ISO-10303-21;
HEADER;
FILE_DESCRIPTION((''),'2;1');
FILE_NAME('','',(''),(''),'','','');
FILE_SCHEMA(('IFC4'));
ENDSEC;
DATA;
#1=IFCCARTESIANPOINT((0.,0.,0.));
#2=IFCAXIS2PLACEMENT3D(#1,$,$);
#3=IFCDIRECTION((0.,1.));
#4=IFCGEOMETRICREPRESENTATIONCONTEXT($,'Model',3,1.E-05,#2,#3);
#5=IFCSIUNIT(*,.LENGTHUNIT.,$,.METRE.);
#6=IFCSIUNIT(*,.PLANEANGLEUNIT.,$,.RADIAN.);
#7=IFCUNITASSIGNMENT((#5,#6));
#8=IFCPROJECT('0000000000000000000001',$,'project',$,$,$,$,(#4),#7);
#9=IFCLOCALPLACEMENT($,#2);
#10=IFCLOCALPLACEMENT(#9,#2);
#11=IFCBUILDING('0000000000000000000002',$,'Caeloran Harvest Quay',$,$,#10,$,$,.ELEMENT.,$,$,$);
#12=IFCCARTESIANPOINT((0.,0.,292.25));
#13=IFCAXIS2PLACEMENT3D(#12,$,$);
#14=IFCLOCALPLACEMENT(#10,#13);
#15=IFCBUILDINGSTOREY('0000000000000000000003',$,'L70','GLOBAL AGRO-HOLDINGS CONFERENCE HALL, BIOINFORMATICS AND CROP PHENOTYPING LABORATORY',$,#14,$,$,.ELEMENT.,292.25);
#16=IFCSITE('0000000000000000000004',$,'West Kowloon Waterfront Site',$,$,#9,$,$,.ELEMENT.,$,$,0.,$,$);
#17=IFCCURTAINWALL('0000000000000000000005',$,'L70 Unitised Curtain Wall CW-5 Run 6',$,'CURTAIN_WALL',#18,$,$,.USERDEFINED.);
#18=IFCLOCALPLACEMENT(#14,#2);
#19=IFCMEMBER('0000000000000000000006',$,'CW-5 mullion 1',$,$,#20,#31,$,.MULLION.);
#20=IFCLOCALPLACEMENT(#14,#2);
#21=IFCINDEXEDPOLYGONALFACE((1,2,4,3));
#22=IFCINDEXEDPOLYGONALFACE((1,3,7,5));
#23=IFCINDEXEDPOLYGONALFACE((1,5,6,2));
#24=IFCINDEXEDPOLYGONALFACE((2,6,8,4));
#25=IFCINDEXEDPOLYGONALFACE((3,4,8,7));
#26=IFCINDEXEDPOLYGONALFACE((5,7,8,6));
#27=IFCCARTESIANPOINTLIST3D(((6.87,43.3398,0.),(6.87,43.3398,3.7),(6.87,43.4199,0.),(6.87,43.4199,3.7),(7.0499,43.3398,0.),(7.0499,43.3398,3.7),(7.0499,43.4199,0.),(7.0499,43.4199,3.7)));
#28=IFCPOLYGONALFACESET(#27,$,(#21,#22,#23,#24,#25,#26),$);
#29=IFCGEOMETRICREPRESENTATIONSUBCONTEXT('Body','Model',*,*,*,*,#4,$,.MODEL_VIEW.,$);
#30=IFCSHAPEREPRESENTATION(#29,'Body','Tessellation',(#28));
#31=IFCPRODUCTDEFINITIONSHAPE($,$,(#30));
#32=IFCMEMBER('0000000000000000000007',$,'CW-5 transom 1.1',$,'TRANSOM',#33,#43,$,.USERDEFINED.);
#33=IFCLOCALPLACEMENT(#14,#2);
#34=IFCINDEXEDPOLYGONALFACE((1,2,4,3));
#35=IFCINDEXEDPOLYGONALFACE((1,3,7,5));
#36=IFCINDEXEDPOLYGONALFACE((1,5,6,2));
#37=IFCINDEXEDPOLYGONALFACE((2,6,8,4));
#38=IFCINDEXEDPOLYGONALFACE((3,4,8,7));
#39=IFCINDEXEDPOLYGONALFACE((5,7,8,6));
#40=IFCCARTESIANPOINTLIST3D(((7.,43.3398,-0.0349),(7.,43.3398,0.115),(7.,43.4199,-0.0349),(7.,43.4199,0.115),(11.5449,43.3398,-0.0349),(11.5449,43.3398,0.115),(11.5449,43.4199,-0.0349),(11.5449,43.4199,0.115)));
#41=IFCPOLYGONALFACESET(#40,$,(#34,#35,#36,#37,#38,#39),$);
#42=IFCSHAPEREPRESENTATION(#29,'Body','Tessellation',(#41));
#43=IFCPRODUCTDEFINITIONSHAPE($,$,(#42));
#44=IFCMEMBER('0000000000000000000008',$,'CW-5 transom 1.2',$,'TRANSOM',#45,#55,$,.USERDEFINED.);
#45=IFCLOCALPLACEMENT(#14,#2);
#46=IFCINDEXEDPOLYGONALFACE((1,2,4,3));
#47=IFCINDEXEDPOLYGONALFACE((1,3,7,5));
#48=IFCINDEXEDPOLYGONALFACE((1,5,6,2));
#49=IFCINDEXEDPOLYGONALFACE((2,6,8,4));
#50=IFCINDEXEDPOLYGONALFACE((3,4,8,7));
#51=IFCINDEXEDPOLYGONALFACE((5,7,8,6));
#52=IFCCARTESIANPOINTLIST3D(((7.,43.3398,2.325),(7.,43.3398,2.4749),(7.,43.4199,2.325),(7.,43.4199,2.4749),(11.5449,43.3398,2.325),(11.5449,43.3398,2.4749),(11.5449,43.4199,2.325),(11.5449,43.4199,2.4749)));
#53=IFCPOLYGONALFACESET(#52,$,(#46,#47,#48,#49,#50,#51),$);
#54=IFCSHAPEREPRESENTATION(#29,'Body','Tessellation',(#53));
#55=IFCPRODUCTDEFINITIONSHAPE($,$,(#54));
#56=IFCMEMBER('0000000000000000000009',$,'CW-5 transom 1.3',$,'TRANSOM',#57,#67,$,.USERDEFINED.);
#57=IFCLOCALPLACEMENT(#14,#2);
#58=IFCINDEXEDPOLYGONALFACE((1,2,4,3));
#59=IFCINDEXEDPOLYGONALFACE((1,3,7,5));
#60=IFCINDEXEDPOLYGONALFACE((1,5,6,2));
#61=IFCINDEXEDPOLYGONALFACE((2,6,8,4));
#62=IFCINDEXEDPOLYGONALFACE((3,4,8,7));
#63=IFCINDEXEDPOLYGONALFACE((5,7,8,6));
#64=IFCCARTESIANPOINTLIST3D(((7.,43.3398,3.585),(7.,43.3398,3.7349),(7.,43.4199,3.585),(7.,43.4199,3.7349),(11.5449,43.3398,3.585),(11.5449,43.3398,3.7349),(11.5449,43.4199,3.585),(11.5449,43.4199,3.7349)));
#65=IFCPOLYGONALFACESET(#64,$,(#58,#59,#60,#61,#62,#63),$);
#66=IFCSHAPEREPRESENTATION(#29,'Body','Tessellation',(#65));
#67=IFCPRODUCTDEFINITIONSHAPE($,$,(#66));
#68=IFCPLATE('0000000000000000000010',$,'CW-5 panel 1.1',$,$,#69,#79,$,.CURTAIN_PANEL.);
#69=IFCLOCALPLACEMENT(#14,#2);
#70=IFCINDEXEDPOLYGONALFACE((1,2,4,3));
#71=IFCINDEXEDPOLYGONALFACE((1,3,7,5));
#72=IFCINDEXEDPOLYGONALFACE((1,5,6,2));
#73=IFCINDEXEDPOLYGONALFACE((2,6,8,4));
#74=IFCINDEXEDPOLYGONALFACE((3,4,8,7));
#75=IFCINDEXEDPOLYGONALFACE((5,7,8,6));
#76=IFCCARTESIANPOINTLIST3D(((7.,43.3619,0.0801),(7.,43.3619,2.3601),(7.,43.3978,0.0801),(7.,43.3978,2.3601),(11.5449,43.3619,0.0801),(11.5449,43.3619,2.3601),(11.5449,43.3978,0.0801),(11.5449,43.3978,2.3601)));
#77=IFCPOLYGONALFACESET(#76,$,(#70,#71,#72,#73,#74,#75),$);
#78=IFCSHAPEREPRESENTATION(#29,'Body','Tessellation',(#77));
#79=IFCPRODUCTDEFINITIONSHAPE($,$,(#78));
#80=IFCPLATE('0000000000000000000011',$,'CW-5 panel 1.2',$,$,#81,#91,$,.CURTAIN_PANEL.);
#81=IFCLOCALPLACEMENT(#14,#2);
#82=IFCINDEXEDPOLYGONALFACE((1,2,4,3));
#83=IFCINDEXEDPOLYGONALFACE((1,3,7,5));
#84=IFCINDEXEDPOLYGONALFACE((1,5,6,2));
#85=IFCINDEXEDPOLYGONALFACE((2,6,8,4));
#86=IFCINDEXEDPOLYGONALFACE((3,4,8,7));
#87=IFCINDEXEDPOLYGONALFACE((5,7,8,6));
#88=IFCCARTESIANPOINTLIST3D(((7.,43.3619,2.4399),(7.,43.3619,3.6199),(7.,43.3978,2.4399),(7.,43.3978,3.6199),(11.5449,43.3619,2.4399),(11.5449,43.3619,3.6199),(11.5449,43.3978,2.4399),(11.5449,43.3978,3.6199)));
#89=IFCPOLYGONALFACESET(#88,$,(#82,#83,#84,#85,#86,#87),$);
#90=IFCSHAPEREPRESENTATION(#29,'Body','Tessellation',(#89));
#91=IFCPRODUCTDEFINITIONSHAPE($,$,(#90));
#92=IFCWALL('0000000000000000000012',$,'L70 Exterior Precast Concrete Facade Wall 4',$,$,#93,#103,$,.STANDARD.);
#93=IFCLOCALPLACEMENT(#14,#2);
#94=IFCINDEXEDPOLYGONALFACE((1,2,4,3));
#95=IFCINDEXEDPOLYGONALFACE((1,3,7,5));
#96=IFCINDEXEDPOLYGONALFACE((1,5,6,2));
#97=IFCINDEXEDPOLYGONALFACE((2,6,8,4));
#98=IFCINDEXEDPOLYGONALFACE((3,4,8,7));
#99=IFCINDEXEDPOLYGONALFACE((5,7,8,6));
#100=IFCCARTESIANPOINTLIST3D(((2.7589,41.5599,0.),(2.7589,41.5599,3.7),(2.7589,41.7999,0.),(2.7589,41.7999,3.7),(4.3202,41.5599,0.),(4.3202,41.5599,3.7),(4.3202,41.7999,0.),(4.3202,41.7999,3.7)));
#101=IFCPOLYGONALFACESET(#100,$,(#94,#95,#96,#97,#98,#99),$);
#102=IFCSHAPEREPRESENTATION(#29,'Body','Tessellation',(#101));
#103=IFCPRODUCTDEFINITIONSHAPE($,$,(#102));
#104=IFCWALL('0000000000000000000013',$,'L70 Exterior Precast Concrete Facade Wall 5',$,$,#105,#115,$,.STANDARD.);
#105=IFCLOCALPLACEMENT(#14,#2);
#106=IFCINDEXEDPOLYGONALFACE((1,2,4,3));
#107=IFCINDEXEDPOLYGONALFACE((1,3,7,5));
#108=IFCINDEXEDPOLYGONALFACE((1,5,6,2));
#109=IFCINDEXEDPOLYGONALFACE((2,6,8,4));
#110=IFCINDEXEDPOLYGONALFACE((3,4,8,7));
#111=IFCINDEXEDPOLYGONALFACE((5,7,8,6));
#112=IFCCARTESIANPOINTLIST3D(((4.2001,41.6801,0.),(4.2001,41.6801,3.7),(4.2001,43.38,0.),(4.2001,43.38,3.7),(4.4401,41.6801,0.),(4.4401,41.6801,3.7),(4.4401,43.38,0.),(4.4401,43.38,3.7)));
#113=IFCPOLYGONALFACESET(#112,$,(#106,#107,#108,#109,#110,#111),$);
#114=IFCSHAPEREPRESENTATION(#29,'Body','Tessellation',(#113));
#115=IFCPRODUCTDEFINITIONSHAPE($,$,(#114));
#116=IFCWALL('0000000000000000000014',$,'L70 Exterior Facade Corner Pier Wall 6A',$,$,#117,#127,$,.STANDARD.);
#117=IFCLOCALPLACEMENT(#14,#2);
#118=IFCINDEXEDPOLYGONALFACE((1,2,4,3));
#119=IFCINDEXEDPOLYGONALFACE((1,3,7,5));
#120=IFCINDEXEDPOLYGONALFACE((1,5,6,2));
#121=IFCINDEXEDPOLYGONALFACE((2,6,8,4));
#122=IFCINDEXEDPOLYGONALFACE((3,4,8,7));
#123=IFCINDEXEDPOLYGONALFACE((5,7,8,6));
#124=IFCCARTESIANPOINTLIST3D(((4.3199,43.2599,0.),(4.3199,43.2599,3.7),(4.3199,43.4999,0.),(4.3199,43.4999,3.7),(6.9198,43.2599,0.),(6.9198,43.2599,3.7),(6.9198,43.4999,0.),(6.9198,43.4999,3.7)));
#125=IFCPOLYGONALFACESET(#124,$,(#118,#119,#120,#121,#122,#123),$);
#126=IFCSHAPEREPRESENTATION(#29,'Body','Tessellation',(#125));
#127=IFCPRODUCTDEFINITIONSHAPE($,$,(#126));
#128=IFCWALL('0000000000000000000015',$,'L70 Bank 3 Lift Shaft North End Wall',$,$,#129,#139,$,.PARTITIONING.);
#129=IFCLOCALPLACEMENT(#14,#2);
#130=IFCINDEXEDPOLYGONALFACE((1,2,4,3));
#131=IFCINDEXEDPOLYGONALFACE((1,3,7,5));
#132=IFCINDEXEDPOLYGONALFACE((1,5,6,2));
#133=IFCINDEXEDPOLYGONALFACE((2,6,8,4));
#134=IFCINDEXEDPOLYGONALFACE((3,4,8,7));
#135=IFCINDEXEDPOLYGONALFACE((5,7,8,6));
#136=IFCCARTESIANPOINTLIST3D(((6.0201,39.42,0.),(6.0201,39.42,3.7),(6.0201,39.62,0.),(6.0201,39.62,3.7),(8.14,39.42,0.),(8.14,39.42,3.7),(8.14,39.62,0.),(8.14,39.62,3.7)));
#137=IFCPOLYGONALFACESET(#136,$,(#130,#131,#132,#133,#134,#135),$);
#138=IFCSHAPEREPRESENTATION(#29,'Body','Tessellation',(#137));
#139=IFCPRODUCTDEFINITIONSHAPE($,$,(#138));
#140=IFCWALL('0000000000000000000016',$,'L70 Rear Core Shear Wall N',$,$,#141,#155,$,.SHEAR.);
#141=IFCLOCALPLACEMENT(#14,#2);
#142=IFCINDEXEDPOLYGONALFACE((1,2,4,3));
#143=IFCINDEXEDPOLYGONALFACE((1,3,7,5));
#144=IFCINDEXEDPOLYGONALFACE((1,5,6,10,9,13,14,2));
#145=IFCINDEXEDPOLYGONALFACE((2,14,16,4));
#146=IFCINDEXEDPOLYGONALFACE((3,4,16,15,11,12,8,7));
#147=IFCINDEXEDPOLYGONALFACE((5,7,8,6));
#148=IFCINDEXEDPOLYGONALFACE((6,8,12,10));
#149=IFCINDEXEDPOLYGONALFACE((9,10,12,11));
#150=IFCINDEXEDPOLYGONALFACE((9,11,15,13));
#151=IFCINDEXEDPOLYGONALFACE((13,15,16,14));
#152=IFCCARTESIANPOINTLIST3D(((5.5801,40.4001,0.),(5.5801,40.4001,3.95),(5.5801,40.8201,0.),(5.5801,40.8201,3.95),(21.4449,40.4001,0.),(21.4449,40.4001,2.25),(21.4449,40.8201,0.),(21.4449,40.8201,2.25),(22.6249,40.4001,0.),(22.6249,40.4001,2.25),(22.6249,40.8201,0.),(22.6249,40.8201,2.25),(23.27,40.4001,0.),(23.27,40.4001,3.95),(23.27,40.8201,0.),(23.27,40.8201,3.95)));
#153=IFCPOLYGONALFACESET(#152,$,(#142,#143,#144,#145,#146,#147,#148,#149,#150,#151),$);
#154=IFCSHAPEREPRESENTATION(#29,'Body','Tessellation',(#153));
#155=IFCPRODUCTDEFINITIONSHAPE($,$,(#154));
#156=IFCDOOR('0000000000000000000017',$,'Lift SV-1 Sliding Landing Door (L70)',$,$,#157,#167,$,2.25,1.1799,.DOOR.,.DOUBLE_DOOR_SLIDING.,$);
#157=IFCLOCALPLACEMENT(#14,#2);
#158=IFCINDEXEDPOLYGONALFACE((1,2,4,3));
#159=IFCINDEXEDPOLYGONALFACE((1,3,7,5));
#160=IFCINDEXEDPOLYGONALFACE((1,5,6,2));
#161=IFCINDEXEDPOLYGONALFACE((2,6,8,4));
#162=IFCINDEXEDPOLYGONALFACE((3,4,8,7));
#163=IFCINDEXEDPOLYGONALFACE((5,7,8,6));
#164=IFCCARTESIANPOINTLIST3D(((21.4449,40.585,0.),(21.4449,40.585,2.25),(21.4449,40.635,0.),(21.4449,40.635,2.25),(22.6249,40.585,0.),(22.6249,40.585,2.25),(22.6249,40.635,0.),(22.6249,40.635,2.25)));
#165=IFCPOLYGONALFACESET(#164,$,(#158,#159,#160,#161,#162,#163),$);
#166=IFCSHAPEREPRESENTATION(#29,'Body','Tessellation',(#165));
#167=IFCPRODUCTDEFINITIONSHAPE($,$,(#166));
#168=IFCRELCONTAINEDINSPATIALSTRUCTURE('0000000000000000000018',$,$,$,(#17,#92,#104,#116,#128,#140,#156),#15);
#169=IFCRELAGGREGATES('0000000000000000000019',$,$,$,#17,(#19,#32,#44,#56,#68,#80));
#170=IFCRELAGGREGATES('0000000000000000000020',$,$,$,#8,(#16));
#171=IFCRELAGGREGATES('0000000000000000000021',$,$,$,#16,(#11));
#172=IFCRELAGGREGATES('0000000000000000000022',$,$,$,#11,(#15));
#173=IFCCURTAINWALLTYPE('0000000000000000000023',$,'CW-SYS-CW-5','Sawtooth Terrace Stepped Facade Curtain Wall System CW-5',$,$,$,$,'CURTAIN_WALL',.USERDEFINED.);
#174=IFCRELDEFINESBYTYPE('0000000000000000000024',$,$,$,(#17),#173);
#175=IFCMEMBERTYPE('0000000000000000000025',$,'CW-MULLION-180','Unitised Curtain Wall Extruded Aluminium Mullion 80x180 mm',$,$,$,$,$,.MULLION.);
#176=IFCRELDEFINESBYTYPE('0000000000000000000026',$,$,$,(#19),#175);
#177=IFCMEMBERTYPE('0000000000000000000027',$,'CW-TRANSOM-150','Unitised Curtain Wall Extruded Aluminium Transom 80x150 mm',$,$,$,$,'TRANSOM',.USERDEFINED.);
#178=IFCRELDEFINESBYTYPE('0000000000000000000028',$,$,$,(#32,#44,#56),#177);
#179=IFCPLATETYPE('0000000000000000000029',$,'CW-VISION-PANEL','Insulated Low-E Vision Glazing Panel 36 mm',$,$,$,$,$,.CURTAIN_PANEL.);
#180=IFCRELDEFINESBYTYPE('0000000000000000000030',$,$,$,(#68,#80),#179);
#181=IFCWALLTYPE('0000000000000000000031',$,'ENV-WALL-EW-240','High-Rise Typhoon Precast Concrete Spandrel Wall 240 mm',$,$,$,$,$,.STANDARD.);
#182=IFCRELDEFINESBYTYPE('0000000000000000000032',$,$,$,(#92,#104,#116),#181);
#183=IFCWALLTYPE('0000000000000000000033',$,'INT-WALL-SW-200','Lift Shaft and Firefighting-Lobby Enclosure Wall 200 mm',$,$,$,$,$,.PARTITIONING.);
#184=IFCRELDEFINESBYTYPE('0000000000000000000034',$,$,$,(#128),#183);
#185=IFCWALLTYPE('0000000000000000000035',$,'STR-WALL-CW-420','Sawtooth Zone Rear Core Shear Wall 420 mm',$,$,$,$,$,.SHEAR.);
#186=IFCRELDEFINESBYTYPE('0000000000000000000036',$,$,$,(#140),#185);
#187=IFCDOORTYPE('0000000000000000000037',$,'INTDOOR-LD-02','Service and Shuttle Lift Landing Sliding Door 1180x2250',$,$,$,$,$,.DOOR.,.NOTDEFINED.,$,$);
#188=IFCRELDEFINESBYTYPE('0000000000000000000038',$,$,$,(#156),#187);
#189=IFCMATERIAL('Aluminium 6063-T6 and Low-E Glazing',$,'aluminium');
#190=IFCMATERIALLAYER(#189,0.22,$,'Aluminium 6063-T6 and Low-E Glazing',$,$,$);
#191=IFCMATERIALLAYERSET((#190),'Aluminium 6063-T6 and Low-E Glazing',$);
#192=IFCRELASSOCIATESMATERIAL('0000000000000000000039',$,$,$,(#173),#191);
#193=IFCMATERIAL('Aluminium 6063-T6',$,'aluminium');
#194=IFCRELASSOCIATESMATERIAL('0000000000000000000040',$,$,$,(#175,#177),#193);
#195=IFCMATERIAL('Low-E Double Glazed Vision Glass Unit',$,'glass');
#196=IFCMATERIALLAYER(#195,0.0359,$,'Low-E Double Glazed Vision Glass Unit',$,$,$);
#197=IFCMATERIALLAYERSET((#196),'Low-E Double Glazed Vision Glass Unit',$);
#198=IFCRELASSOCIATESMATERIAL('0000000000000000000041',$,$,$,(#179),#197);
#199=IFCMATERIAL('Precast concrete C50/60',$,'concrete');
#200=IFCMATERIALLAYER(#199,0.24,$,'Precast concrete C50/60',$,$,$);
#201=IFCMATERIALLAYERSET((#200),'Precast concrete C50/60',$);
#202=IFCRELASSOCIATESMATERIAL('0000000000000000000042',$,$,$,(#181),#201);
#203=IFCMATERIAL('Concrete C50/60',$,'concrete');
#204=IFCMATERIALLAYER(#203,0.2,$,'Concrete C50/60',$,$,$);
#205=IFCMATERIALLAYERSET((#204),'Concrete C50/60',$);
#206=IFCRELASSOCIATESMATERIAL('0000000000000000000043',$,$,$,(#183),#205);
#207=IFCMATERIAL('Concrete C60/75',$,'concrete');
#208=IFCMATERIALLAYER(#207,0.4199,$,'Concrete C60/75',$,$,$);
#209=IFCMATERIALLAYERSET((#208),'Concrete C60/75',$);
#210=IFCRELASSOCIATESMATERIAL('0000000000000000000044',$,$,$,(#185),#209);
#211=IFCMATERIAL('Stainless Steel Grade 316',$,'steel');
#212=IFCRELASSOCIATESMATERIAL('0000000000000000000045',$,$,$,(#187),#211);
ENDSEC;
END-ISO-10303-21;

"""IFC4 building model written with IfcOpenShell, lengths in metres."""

from ifc_helpers import new_model, si_unit, direction, frame, frame_2d, origin, origin_2d, place, context, subcontext, project, spatial, rectangle, extrude, material, layer, layer_set, material_profile, profile_set, type_object, element, fill, aggregate, save


model = new_model("IFC4")

# Units and contexts
model_context = context("Model", 3, precision=1e-05, world=origin(), true_north=direction((0.0, 1.0)))
body_context = subcontext(model_context, "Body", "Model", "MODEL_VIEW")
ifc_project = project(units=[si_unit("LENGTHUNIT", "METRE"), si_unit("PLANEANGLEUNIT", "RADIAN")], contexts=[model_context])

# Site, building, storey
site_placement = place(None, origin())
site = spatial("IfcSite", under=ifc_project, at=site_placement, Name="West Kowloon Waterfront Site", CompositionType="ELEMENT", RefElevation=0.0)
building_placement = place(site_placement, origin())
building = spatial("IfcBuilding", under=site, at=building_placement, Name="Caeloran Harvest Quay", CompositionType="ELEMENT")
storey_placement = place(building_placement, frame((0.0, 0.0, 292.25)))
storey = spatial("IfcBuildingStorey", under=building, at=storey_placement, Name="L70", Description="GLOBAL AGRO-HOLDINGS CONFERENCE HALL, BIOINFORMATICS AND CROP PHENOTYPING LABORATORY", CompositionType="ELEMENT", Elevation=292.25)

# Curtain wall, members, plates
ifc_material_1 = material(Name="Aluminium 6063-T6 and Low-E Glazing", Category="aluminium")
ifc_layer_1 = layer(ifc_material_1, 0.22, Name="Aluminium 6063-T6 and Low-E Glazing")
ifc_layer_set_1 = layer_set([ifc_layer_1], Name="Aluminium 6063-T6 and Low-E Glazing")
curtain_wall_type = type_object("IfcCurtainWallType", Name="CW-SYS-CW-5", Description="Sawtooth Terrace Stepped Facade Curtain Wall System CW-5", ElementType="CURTAIN_WALL", PredefinedType="USERDEFINED", material=ifc_layer_set_1)
curtain_wall_placement = place(storey_placement, origin())
curtain_wall = element("IfcCurtainWall", 1, at=curtain_wall_placement, inside=storey, type_object=curtain_wall_type, Name="L70 Unitised Curtain Wall CW-5 Run 6", ObjectType="CURTAIN_WALL", PredefinedType="USERDEFINED")
ifc_material_2 = material(Name="Aluminium 6063-T6", Category="aluminium")
ifc_material_profile_1 = material_profile(ifc_material_2, rectangle(XDim=0.0801, YDim=0.1799, at=origin_2d()), Name="CW-MULLION-180")
ifc_profile_set_1 = profile_set([ifc_material_profile_1], Name="Aluminium 6063-T6")
member_type_1 = type_object("IfcMemberType", Name="CW-MULLION-180", Description="Unitised Curtain Wall Extruded Aluminium Mullion 80x180 mm", PredefinedType="MULLION", material=ifc_profile_set_1)
member_1_placement = place(storey_placement, frame((6.96, 43.3799, 0.0), z_axis=(0.0, 0.0, 1.0), x_axis=(0.0, 1.0, 0.0)))
member_1 = element("IfcMember", 2, at=member_1_placement, type_object=member_type_1, Name="CW-5 mullion 1", PredefinedType="MULLION", context=body_context, shape_type="SweptSolid", body=[
    extrude(rectangle(XDim=0.0801, YDim=0.1799, at=origin_2d()), origin(), (0.0, 0.0, 1.0), 3.7),
])
ifc_material_profile_2 = material_profile(ifc_material_2, rectangle(XDim=0.0801, YDim=0.1499, at=origin_2d()), Name="CW-TRANSOM-150")
ifc_profile_set_2 = profile_set([ifc_material_profile_2], Name="Aluminium 6063-T6")
member_type_2 = type_object("IfcMemberType", Name="CW-TRANSOM-150", Description="Unitised Curtain Wall Extruded Aluminium Transom 80x150 mm", ElementType="TRANSOM", PredefinedType="USERDEFINED", material=ifc_profile_set_2)
member_2_placement = place(storey_placement, frame((7.0, 43.3799, 0.04), z_axis=(1.0, 0.0, 0.0), x_axis=(0.0, 1.0, 0.0)))
member_2 = element("IfcMember", 3, at=member_2_placement, type_object=member_type_2, Name="CW-5 transom 1.1", ObjectType="TRANSOM", PredefinedType="USERDEFINED", context=body_context, shape_type="SweptSolid", body=[
    extrude(rectangle(XDim=0.0801, YDim=0.1499, at=origin_2d()), origin(), (0.0, 0.0, 1.0), 4.5449),
])
member_3_placement = place(storey_placement, frame((7.0, 43.3799, 2.3999), z_axis=(1.0, 0.0, 0.0), x_axis=(0.0, 1.0, 0.0)))
member_3 = element("IfcMember", 4, at=member_3_placement, type_object=member_type_2, Name="CW-5 transom 1.2", ObjectType="TRANSOM", PredefinedType="USERDEFINED", context=body_context, shape_type="SweptSolid", body=[
    extrude(rectangle(XDim=0.0801, YDim=0.1499, at=origin_2d()), origin(), (0.0, 0.0, 1.0), 4.5449),
])
member_4_placement = place(storey_placement, frame((7.0, 43.3799, 3.6599), z_axis=(1.0, 0.0, 0.0), x_axis=(0.0, 1.0, 0.0)))
member_4 = element("IfcMember", 5, at=member_4_placement, type_object=member_type_2, Name="CW-5 transom 1.3", ObjectType="TRANSOM", PredefinedType="USERDEFINED", context=body_context, shape_type="SweptSolid", body=[
    extrude(rectangle(XDim=0.0801, YDim=0.1499, at=origin_2d()), origin(), (0.0, 0.0, 1.0), 4.5449),
])
ifc_material_3 = material(Name="Low-E Double Glazed Vision Glass Unit", Category="glass")
ifc_layer_2 = layer(ifc_material_3, 0.0359, Name="Low-E Double Glazed Vision Glass Unit")
ifc_layer_set_2 = layer_set([ifc_layer_2], Name="Low-E Double Glazed Vision Glass Unit")
plate_type = type_object("IfcPlateType", Name="CW-VISION-PANEL", Description="Insulated Low-E Vision Glazing Panel 36 mm", PredefinedType="CURTAIN_PANEL", material=ifc_layer_set_2)
plate_1_placement = place(storey_placement, frame((9.2725, 43.3799, 0.0801), z_axis=(0.0, 0.0, 1.0), x_axis=(1.0, 0.0, 0.0)))
plate_1 = element("IfcPlate", 6, at=plate_1_placement, type_object=plate_type, Name="CW-5 panel 1.1", PredefinedType="CURTAIN_PANEL", context=body_context, shape_type="SweptSolid", body=[
    extrude(rectangle(XDim=4.5449, YDim=0.0359, at=origin_2d()), origin(), (0.0, 0.0, 1.0), 2.28),
])
plate_2_placement = place(storey_placement, frame((9.2725, 43.3799, 2.4399), z_axis=(0.0, 0.0, 1.0), x_axis=(1.0, 0.0, 0.0)))
plate_2 = element("IfcPlate", 7, at=plate_2_placement, type_object=plate_type, Name="CW-5 panel 1.2", PredefinedType="CURTAIN_PANEL", context=body_context, shape_type="SweptSolid", body=[
    extrude(rectangle(XDim=4.5449, YDim=0.0359, at=origin_2d()), origin(), (0.0, 0.0, 1.0), 1.1799),
])
aggregate(curtain_wall, [member_1, member_2, member_3, member_4, plate_1, plate_2])

# Walls
ifc_material_4 = material(Name="Precast concrete C50/60", Category="concrete")
ifc_layer_3 = layer(ifc_material_4, 0.24, Name="Precast concrete C50/60")
ifc_layer_set_3 = layer_set([ifc_layer_3], Name="Precast concrete C50/60")
wall_type_1 = type_object("IfcWallType", Name="ENV-WALL-EW-240", Description="High-Rise Typhoon Precast Concrete Spandrel Wall 240 mm", PredefinedType="STANDARD", material=ifc_layer_set_3)
wall_1_placement = place(storey_placement, frame((2.7588, 41.6799, 0.0), z_axis=(0.0, 0.0, 1.0), x_axis=(1.0, 0.0, 0.0)))
element("IfcWall", 8, at=wall_1_placement, inside=storey, type_object=wall_type_1, Name="L70 Exterior Precast Concrete Facade Wall 4", PredefinedType="STANDARD", context=body_context, shape_type="SweptSolid", body=[
    extrude(rectangle(XDim=1.5613, YDim=0.24, at=frame_2d((0.7808, 0.0))), origin(), (0.0, 0.0, 1.0), 3.7),
])
wall_2_placement = place(storey_placement, frame((4.3201, 41.6799, 0.0), z_axis=(0.0, 0.0, 1.0), x_axis=(0.0, 1.0, 0.0)))
element("IfcWall", 9, at=wall_2_placement, inside=storey, type_object=wall_type_1, Name="L70 Exterior Precast Concrete Facade Wall 5", PredefinedType="STANDARD", context=body_context, shape_type="SweptSolid", body=[
    extrude(rectangle(XDim=1.7, YDim=0.24, at=frame_2d((0.8501, 0.0))), origin(), (0.0, 0.0, 1.0), 3.7),
])
wall_3_placement = place(storey_placement, frame((4.3201, 43.3799, 0.0), z_axis=(0.0, 0.0, 1.0), x_axis=(1.0, 0.0, 0.0)))
element("IfcWall", 10, at=wall_3_placement, inside=storey, type_object=wall_type_1, Name="L70 Exterior Facade Corner Pier Wall 6A", PredefinedType="STANDARD", context=body_context, shape_type="SweptSolid", body=[
    extrude(rectangle(XDim=2.5999, YDim=0.24, at=frame_2d((1.2998, 0.0))), origin(), (0.0, 0.0, 1.0), 3.7),
])
ifc_material_5 = material(Name="Concrete C50/60", Category="concrete")
ifc_layer_4 = layer(ifc_material_5, 0.2, Name="Concrete C50/60")
ifc_layer_set_4 = layer_set([ifc_layer_4], Name="Concrete C50/60")
wall_type_2 = type_object("IfcWallType", Name="INT-WALL-SW-200", Description="Lift Shaft and Firefighting-Lobby Enclosure Wall 200 mm", PredefinedType="PARTITIONING", material=ifc_layer_set_4)
wall_4_placement = place(storey_placement, frame((6.02, 39.52, 0.0), z_axis=(0.0, 0.0, 1.0), x_axis=(1.0, 0.0, 0.0)))
element("IfcWall", 11, at=wall_4_placement, inside=storey, type_object=wall_type_2, Name="L70 Bank 3 Lift Shaft North End Wall", PredefinedType="PARTITIONING", context=body_context, shape_type="SweptSolid", body=[
    extrude(rectangle(XDim=2.1199, YDim=0.2, at=frame_2d((1.0601, 0.0))), origin(), (0.0, 0.0, 1.0), 3.7),
])

# Wall, opening, door
ifc_material_6 = material(Name="Concrete C60/75", Category="concrete")
ifc_layer_5 = layer(ifc_material_6, 0.4199, Name="Concrete C60/75")
ifc_layer_set_5 = layer_set([ifc_layer_5], Name="Concrete C60/75")
wall_type_3 = type_object("IfcWallType", Name="STR-WALL-CW-420", Description="Sawtooth Zone Rear Core Shear Wall 420 mm", PredefinedType="SHEAR", material=ifc_layer_set_5)
wall_5_placement = place(storey_placement, frame((5.5801, 40.6101, 0.0), z_axis=(0.0, 0.0, 1.0), x_axis=(1.0, 0.0, 0.0)))
wall_5 = element("IfcWall", 12, at=wall_5_placement, inside=storey, type_object=wall_type_3, Name="L70 Rear Core Shear Wall N", PredefinedType="SHEAR", context=body_context, shape_type="SweptSolid", body=[
    extrude(rectangle(XDim=17.6899, YDim=0.4199, at=frame_2d((8.845, 0.0))), origin(), (0.0, 0.0, 1.0), 3.95),
])
opening_placement = place(wall_5_placement, frame((15.865, 0.0, 0.0)))
opening = element("IfcOpeningElement", 13, at=opening_placement, cuts=wall_5, PredefinedType="OPENING", context=body_context, shape_type="SweptSolid", body=[
    extrude(rectangle(XDim=1.1799, YDim=2.25, at=frame_2d((0.5898, 1.125))), frame((0.0, 0.22, 0.0), z_axis=(0.0, -1.0, 0.0), x_axis=(1.0, 0.0, 0.0)), (0.0, 0.0, 1.0), 0.4399),
])
ifc_material_7 = material(Name="Stainless Steel Grade 316", Category="steel")
door_type = type_object("IfcDoorType", Name="INTDOOR-LD-02", Description="Service and Shuttle Lift Landing Sliding Door 1180x2250", OperationType="NOTDEFINED", PredefinedType="DOOR", material=ifc_material_7)
door_placement = place(opening_placement, origin())
door = element("IfcDoor", 14, at=door_placement, inside=storey, type_object=door_type, Name="Lift SV-1 Sliding Landing Door (L70)", OperationType="DOUBLE_DOOR_SLIDING", OverallHeight=2.25, OverallWidth=1.1799, PredefinedType="DOOR", context=body_context, shape_type="SweptSolid", body=[
    extrude(rectangle(XDim=1.1799, YDim=2.25, at=frame_2d((0.5898, 1.125))), frame((0.0, 0.0249, 0.0), z_axis=(0.0, -1.0, 0.0), x_axis=(1.0, 0.0, 0.0)), (0.0, 0.0, 1.0), 0.05),
])
fill(opening, door)

save(model, "model.ifc")
